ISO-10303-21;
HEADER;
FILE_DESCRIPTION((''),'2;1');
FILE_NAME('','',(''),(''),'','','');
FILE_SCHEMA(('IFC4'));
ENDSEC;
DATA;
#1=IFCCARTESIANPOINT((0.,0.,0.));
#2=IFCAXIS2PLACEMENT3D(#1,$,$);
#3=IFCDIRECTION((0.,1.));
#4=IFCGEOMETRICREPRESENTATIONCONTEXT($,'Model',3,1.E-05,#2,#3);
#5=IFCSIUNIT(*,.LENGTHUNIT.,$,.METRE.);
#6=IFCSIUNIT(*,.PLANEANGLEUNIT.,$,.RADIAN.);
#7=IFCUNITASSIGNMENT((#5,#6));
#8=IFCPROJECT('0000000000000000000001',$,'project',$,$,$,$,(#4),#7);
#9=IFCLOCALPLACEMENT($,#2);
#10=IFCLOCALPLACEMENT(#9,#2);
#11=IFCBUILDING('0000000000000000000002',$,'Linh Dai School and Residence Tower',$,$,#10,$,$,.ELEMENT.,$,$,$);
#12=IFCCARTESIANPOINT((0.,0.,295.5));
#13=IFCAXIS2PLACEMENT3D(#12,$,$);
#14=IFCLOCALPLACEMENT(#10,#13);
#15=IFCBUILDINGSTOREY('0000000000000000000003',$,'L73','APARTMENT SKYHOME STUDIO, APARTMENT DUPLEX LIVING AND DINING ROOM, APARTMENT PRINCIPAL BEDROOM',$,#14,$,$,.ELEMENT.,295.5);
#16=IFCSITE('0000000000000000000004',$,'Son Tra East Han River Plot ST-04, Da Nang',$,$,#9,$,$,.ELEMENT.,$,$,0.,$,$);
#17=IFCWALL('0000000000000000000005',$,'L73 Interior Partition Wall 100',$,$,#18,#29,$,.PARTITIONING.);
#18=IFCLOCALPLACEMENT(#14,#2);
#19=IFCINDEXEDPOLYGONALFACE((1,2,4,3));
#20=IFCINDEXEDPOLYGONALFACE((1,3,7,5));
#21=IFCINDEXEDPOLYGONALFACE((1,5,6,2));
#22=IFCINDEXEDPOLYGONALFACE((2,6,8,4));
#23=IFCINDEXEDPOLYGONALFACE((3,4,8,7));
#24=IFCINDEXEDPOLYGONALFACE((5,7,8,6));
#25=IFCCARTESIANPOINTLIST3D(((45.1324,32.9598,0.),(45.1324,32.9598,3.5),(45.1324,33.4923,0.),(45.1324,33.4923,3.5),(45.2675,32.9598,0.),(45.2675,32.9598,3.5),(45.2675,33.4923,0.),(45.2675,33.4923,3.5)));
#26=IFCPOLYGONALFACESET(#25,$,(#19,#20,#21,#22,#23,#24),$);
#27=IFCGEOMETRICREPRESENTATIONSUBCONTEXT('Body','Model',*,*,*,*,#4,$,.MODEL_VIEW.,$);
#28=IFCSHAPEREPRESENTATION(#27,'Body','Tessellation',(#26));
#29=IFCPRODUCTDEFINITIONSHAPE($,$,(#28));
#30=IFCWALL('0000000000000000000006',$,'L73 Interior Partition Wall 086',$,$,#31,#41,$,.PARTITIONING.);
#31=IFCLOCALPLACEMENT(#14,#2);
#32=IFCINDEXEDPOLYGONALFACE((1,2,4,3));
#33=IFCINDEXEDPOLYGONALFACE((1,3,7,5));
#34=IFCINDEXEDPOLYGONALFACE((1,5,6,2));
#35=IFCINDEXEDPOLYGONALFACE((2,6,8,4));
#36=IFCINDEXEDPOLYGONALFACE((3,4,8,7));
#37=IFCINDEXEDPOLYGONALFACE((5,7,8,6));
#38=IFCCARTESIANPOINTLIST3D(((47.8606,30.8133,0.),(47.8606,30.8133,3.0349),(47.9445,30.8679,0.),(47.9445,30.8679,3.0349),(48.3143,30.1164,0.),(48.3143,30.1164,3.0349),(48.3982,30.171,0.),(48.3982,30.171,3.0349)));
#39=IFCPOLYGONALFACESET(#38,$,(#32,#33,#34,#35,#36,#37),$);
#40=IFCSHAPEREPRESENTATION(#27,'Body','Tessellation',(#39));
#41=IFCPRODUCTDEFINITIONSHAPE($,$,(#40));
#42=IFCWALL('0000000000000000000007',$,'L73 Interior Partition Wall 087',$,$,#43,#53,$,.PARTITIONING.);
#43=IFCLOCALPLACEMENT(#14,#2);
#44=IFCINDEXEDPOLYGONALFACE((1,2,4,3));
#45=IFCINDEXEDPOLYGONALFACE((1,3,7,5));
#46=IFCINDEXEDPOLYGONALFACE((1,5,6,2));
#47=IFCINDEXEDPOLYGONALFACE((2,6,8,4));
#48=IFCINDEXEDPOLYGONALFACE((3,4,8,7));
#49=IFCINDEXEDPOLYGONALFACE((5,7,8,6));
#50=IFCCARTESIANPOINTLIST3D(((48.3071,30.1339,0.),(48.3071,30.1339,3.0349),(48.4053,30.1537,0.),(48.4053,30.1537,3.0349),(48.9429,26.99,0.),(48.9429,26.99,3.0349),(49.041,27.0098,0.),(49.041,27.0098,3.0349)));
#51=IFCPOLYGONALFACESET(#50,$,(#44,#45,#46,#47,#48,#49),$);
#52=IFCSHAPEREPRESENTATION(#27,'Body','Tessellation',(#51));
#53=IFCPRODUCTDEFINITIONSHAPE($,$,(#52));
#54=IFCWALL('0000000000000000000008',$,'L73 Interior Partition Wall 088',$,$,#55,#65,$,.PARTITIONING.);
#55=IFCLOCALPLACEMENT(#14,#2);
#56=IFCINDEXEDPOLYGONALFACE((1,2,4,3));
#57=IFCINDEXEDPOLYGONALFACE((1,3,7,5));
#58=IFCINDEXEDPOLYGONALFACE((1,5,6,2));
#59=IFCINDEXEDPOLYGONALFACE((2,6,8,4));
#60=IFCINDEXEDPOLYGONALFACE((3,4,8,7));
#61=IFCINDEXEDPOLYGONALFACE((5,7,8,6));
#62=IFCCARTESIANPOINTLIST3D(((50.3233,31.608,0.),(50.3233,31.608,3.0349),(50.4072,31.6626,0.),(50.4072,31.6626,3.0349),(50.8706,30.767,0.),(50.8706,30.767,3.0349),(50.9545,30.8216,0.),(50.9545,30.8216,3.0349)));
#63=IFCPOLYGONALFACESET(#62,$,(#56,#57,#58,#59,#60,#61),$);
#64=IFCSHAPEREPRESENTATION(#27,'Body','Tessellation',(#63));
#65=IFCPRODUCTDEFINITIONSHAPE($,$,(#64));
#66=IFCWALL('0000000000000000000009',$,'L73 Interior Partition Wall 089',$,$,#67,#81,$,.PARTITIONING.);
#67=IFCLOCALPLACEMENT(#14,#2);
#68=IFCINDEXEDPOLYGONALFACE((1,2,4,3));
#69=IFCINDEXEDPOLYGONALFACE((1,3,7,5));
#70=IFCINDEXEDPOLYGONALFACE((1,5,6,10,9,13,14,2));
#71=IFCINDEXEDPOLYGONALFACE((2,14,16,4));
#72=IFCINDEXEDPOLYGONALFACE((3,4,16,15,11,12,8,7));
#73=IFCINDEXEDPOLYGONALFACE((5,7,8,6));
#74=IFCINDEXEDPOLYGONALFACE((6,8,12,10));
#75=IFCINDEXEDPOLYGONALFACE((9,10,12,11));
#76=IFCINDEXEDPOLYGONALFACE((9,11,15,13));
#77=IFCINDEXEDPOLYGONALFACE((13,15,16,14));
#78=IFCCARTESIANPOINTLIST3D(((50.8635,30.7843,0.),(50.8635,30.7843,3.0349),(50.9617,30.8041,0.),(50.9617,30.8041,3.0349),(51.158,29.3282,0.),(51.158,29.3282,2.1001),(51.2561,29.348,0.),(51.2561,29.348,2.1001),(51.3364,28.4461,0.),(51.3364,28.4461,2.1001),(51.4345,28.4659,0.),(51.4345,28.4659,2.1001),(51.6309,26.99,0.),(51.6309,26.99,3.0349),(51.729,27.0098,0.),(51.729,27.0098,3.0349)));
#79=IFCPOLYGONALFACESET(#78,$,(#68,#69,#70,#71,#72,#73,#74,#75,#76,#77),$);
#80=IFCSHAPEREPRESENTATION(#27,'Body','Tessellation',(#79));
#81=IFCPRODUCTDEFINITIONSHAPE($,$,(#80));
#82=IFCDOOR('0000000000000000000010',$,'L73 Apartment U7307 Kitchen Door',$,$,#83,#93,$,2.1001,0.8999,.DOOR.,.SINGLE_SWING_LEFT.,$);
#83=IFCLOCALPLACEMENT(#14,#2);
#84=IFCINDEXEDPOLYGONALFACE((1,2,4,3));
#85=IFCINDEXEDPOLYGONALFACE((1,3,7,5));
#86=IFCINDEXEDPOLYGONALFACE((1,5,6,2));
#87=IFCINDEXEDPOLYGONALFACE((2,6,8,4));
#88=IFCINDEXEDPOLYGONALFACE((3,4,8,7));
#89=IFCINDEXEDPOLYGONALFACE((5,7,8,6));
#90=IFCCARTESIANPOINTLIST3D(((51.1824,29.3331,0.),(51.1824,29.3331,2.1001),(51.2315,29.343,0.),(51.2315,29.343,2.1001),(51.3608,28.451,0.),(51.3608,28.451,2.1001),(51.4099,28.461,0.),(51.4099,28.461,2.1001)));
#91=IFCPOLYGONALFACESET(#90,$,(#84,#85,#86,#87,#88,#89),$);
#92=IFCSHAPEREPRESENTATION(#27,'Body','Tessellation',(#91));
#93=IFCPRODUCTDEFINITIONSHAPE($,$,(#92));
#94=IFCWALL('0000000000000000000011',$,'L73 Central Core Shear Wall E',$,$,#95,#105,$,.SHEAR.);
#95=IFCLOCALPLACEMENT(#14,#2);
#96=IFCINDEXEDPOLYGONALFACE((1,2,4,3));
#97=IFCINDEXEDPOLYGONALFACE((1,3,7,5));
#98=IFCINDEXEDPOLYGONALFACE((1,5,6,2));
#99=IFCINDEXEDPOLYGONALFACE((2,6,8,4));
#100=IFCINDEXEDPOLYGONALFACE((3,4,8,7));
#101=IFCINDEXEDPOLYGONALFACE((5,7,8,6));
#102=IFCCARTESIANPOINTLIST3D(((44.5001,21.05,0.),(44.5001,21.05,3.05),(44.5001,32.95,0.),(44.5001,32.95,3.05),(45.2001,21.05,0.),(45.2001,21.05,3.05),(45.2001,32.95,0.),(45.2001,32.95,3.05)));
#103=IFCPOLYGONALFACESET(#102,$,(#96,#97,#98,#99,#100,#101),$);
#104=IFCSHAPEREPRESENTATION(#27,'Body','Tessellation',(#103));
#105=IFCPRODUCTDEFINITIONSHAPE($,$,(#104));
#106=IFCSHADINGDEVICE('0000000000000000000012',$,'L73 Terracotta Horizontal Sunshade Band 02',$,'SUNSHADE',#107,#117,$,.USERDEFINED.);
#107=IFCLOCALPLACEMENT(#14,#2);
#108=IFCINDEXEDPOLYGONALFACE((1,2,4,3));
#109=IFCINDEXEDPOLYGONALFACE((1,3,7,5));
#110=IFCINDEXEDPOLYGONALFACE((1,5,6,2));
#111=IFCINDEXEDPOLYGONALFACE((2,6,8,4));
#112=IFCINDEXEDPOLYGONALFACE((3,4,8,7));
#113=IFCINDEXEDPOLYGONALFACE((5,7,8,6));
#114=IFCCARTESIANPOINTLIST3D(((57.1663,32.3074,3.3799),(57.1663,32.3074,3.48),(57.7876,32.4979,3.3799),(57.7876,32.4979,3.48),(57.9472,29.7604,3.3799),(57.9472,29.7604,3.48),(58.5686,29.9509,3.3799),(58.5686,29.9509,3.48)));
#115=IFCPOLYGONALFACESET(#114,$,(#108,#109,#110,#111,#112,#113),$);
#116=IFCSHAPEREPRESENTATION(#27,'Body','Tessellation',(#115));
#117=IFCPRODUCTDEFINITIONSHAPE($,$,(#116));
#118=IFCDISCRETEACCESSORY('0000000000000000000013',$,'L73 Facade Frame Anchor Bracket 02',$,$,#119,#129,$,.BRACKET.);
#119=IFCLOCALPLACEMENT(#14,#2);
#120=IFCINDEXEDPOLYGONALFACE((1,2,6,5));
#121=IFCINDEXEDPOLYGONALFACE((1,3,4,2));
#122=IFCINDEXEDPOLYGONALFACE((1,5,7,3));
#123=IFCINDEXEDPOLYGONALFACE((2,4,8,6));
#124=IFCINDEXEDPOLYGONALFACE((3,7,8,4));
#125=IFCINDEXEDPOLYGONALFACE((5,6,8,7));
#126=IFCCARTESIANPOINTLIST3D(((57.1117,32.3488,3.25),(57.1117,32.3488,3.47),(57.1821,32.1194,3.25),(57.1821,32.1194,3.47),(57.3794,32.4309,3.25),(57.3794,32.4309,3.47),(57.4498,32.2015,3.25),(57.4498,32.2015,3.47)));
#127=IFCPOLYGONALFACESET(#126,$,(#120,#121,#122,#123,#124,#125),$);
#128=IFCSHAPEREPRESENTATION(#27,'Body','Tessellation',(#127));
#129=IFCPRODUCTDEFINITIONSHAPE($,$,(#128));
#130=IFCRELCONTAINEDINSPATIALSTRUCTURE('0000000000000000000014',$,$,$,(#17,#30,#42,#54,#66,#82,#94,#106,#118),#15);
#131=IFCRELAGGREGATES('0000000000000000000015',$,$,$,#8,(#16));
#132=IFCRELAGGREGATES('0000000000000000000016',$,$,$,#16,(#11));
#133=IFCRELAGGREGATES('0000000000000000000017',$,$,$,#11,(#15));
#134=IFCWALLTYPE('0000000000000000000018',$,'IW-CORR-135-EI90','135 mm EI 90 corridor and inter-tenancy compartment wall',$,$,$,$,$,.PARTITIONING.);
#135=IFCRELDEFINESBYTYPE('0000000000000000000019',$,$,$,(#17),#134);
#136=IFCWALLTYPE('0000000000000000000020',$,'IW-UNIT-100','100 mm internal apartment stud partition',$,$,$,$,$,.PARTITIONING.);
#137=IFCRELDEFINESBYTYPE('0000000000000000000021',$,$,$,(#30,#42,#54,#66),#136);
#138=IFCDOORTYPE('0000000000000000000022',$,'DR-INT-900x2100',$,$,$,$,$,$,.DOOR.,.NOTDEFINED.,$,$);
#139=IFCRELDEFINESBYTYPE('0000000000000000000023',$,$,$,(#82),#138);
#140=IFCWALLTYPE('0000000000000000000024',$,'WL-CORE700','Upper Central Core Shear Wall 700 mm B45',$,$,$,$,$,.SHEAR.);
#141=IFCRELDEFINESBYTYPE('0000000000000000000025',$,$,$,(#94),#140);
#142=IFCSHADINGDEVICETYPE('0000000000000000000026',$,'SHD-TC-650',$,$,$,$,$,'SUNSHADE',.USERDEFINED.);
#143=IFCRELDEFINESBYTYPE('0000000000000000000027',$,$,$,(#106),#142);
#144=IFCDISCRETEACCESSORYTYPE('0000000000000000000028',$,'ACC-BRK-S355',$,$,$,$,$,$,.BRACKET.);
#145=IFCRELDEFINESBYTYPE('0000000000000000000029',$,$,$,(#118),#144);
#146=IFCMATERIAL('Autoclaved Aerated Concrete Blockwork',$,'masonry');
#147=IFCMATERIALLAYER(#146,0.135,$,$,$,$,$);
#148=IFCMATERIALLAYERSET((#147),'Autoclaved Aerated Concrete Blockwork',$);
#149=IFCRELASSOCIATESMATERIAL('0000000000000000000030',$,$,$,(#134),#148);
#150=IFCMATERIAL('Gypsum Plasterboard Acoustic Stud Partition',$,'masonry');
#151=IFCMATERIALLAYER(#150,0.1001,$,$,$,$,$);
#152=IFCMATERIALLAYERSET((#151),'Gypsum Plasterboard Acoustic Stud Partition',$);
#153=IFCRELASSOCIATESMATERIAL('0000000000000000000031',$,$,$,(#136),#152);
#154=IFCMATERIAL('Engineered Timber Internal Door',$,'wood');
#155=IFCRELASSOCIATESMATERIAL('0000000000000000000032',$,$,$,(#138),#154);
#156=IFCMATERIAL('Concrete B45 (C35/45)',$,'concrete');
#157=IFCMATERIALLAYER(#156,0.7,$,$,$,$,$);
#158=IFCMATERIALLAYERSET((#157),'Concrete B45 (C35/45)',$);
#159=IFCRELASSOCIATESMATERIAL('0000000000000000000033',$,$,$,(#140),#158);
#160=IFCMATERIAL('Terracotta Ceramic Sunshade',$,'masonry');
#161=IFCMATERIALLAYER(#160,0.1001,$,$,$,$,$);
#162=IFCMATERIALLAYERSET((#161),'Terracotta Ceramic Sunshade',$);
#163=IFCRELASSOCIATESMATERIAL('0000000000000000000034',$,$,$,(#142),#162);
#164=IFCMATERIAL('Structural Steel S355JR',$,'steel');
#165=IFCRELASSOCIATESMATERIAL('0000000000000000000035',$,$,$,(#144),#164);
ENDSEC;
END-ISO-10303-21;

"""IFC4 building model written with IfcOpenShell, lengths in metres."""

from ifc_helpers import new_model, si_unit, direction, frame, frame_2d, origin, origin_2d, place, context, subcontext, project, spatial, rectangle, extrude, source, transform, mapped, material, layer, layer_set, type_object, element, fill, save


model = new_model("IFC4")

# Units and contexts
model_context = context("Model", 3, precision=1e-05, world=origin(), true_north=direction((0.0, 1.0)))
body_context = subcontext(model_context, "Body", "Model", "MODEL_VIEW")
ifc_project = project(units=[si_unit("LENGTHUNIT", "METRE"), si_unit("PLANEANGLEUNIT", "RADIAN")], contexts=[model_context])

# Site, building, storey
site_placement = place(None, origin())
site = spatial("IfcSite", under=ifc_project, at=site_placement, Name="Son Tra East Han River Plot ST-04, Da Nang", CompositionType="ELEMENT", RefElevation=0.0)
building_placement = place(site_placement, origin())
building = spatial("IfcBuilding", under=site, at=building_placement, Name="Linh Dai School and Residence Tower", CompositionType="ELEMENT")
storey_placement = place(building_placement, frame((0.0, 0.0, 295.5)))
storey = spatial("IfcBuildingStorey", under=building, at=storey_placement, Name="L73", Description="APARTMENT SKYHOME STUDIO, APARTMENT DUPLEX LIVING AND DINING ROOM, APARTMENT PRINCIPAL BEDROOM", CompositionType="ELEMENT", Elevation=295.5)

# Shared definitions
ifc_material_1 = material(Name="Structural Steel S355JR", Category="steel")

# Walls
ifc_material_2 = material(Name="Autoclaved Aerated Concrete Blockwork", Category="masonry")
ifc_layer_1 = layer(ifc_material_2, 0.135)
ifc_layer_set_1 = layer_set([ifc_layer_1], Name="Autoclaved Aerated Concrete Blockwork")
wall_type_1 = type_object("IfcWallType", Name="IW-CORR-135-EI90", Description="135 mm EI 90 corridor and inter-tenancy compartment wall", PredefinedType="PARTITIONING", material=ifc_layer_set_1)
wall_1_placement = place(storey_placement, frame((45.2, 32.96, 0.0), z_axis=(0.0, 0.0, 1.0), x_axis=(0.0, 1.0, 0.0)))
element("IfcWall", 1, at=wall_1_placement, inside=storey, type_object=wall_type_1, Name="L73 Interior Partition Wall 100", PredefinedType="PARTITIONING", context=body_context, shape_type="SweptSolid", body=[
    extrude(rectangle(XDim=0.5325, YDim=0.135, at=frame_2d((0.2661, 0.0))), origin(), (0.0, 0.0, 1.0), 3.5),
])
ifc_material_3 = material(Name="Gypsum Plasterboard Acoustic Stud Partition", Category="masonry")
ifc_layer_2 = layer(ifc_material_3, 0.1001)
ifc_layer_set_2 = layer_set([ifc_layer_2], Name="Gypsum Plasterboard Acoustic Stud Partition")
wall_type_2 = type_object("IfcWallType", Name="IW-UNIT-100", Description="100 mm internal apartment stud partition", PredefinedType="PARTITIONING", material=ifc_layer_set_2)
wall_2_placement = place(storey_placement, frame((47.9026, 30.8406, 0.0), z_axis=(0.0, 0.0, 1.0), x_axis=(0.545587, -0.838054, 0.0)))
element("IfcWall", 2, at=wall_2_placement, inside=storey, type_object=wall_type_2, Name="L73 Interior Partition Wall 086", PredefinedType="PARTITIONING", context=body_context, shape_type="SweptSolid", body=[
    extrude(rectangle(XDim=0.8315, YDim=0.1001, at=frame_2d((0.4158, 0.0))), origin(), (0.0, 0.0, 1.0), 3.0349),
])
wall_3_placement = place(storey_placement, frame((48.3562, 30.1438, 0.0), z_axis=(0.0, 0.0, 1.0), x_axis=(0.198209, -0.98016, 0.0)))
element("IfcWall", 3, at=wall_3_placement, inside=storey, type_object=wall_type_2, Name="L73 Interior Partition Wall 087", PredefinedType="PARTITIONING", context=body_context, shape_type="SweptSolid", body=[
    extrude(rectangle(XDim=3.2075, YDim=0.1001, at=frame_2d((1.6038, 0.0))), origin(), (0.0, 0.0, 1.0), 3.0349),
])
wall_4_placement = place(storey_placement, frame((50.3652, 31.6353, 0.0), z_axis=(0.0, 0.0, 1.0), x_axis=(0.545459, -0.838138, 0.0)))
element("IfcWall", 4, at=wall_4_placement, inside=storey, type_object=wall_type_2, Name="L73 Interior Partition Wall 088", PredefinedType="PARTITIONING", context=body_context, shape_type="SweptSolid", body=[
    extrude(rectangle(XDim=1.0034, YDim=0.1001, at=frame_2d((0.5017, 0.0))), origin(), (0.0, 0.0, 1.0), 3.0349),
])

# Wall, opening, door
wall_5_placement = place(storey_placement, frame((50.9126, 30.7942, 0.0), z_axis=(0.0, 0.0, 1.0), x_axis=(0.198226, -0.980156, 0.0)))
wall_5 = element("IfcWall", 5, at=wall_5_placement, inside=storey, type_object=wall_type_2, Name="L73 Interior Partition Wall 089", PredefinedType="PARTITIONING", context=body_context, shape_type="SweptSolid", body=[
    extrude(rectangle(XDim=3.8711, YDim=0.1001, at=frame_2d((1.9355, 0.0))), origin(), (0.0, 0.0, 1.0), 3.0349),
])
opening_1_placement = place(wall_5_placement, frame((1.4856, 0.0, 0.0)))
opening_1 = element("IfcOpeningElement", 6, at=opening_1_placement, cuts=wall_5, PredefinedType="OPENING", context=body_context, shape_type="SweptSolid", body=[
    extrude(rectangle(XDim=0.8999, YDim=2.1001, at=origin_2d()), frame((0.45, 0.0601, 1.05), z_axis=(0.0, -1.0, 0.0), x_axis=(1.0, 0.0, 0.0)), (0.0, 0.0, 1.0), 0.1201),
])
ifc_material_4 = material(Name="Engineered Timber Internal Door", Category="wood")
door_type_1 = type_object("IfcDoorType", Name="DR-INT-900x2100", OperationType="NOTDEFINED", PredefinedType="DOOR", material=ifc_material_4)
shared_shape_1 = source(origin(), body_context, "Body", "SweptSolid", [
    extrude(rectangle(XDim=0.8999, YDim=2.1001, at=origin_2d()), frame((0.45, 0.0249, 1.05), z_axis=(0.0, -1.0, 0.0), x_axis=(1.0, 0.0, 0.0)), (0.0, 0.0, 1.0), 0.05),
])
door_1_placement = place(opening_1_placement, origin())
door_1 = element("IfcDoor", 7, at=door_1_placement, inside=storey, type_object=door_type_1, Name="L73 Apartment U7307 Kitchen Door", OperationType="SINGLE_SWING_LEFT", OverallHeight=2.1001, OverallWidth=0.8999, PredefinedType="DOOR", context=body_context, shape_type="MappedRepresentation", body=[
    mapped(shared_shape_1, transform((0.0, 0.0, 0.0), x_axis=(1.0, 0.0, 0.0), y_axis=(0.0, 1.0, 0.0), z_axis=(0.0, 0.0, 1.0), scale=1.0)),
])
fill(opening_1, door_1)

# Wall
ifc_material_5 = material(Name="Concrete B45 (C35/45)", Category="concrete")
ifc_layer_3 = layer(ifc_material_5, 0.7)
ifc_layer_set_3 = layer_set([ifc_layer_3], Name="Concrete B45 (C35/45)")
wall_type_3 = type_object("IfcWallType", Name="WL-CORE700", Description="Upper Central Core Shear Wall 700 mm B45", PredefinedType="SHEAR", material=ifc_layer_set_3)
wall_6_placement = place(storey_placement, frame((44.8501, 32.95, 0.0), z_axis=(0.0, 0.0, 1.0), x_axis=(0.0, -1.0, 0.0)))
element("IfcWall", 8, at=wall_6_placement, inside=storey, type_object=wall_type_3, Name="L73 Central Core Shear Wall E", PredefinedType="SHEAR", context=body_context, shape_type="SweptSolid", body=[
    extrude(rectangle(XDim=11.8999, YDim=0.7, at=frame_2d((5.95, 0.0))), origin(), (0.0, 0.0, 1.0), 3.05),
])

# Shading device
ifc_material_6 = material(Name="Terracotta Ceramic Sunshade", Category="masonry")
ifc_layer_4 = layer(ifc_material_6, 0.1001)
ifc_layer_set_4 = layer_set([ifc_layer_4], Name="Terracotta Ceramic Sunshade")
shading_device_type = type_object("IfcShadingDeviceType", Name="SHD-TC-650", ElementType="SUNSHADE", PredefinedType="USERDEFINED", material=ifc_layer_set_4)
shared_shape_2 = source(origin(), body_context, "Body", "SweptSolid", [
    extrude(rectangle(XDim=2.6641, YDim=0.6499, at=origin_2d()), origin(), (0.0, 0.0, 1.0), 0.1001),
])
shading_device_placement = place(storey_placement, frame((57.8674, 31.1292, 3.3799), z_axis=(0.0, 0.0, 1.0), x_axis=(0.293141, -0.956069, 0.0)))
element("IfcShadingDevice", 9, at=shading_device_placement, inside=storey, type_object=shading_device_type, Name="L73 Terracotta Horizontal Sunshade Band 02", ObjectType="SUNSHADE", PredefinedType="USERDEFINED", context=body_context, shape_type="MappedRepresentation", body=[
    mapped(shared_shape_2, transform((0.0, 0.0, 0.0), x_axis=(1.0, 0.0, 0.0), y_axis=(0.0, 1.0, 0.0), z_axis=(0.0, 0.0, 1.0), scale=1.0)),
])

# Discrete accessory
discrete_accessory_type = type_object("IfcDiscreteAccessoryType", Name="ACC-BRK-S355", PredefinedType="BRACKET", material=ifc_material_1)
shared_shape_3 = source(origin(), body_context, "Body", "SweptSolid", [
    extrude(rectangle(XDim=0.28, YDim=0.24, at=origin_2d()), origin(), (0.0, 0.0, 1.0), 0.22),
])
discrete_accessory_placement = place(storey_placement, frame((57.2808, 32.2751, 3.25), z_axis=(0.0, 0.0, 1.0), x_axis=(0.956069, 0.293141, 0.0)))
element("IfcDiscreteAccessory", 10, at=discrete_accessory_placement, inside=storey, type_object=discrete_accessory_type, Name="L73 Facade Frame Anchor Bracket 02", PredefinedType="BRACKET", context=body_context, shape_type="MappedRepresentation", body=[
    mapped(shared_shape_3, transform((0.0, 0.0, 0.0), x_axis=(1.0, 0.0, 0.0), y_axis=(0.0, 1.0, 0.0), z_axis=(0.0, 0.0, 1.0), scale=1.0)),
])

save(model, "model.ifc")
